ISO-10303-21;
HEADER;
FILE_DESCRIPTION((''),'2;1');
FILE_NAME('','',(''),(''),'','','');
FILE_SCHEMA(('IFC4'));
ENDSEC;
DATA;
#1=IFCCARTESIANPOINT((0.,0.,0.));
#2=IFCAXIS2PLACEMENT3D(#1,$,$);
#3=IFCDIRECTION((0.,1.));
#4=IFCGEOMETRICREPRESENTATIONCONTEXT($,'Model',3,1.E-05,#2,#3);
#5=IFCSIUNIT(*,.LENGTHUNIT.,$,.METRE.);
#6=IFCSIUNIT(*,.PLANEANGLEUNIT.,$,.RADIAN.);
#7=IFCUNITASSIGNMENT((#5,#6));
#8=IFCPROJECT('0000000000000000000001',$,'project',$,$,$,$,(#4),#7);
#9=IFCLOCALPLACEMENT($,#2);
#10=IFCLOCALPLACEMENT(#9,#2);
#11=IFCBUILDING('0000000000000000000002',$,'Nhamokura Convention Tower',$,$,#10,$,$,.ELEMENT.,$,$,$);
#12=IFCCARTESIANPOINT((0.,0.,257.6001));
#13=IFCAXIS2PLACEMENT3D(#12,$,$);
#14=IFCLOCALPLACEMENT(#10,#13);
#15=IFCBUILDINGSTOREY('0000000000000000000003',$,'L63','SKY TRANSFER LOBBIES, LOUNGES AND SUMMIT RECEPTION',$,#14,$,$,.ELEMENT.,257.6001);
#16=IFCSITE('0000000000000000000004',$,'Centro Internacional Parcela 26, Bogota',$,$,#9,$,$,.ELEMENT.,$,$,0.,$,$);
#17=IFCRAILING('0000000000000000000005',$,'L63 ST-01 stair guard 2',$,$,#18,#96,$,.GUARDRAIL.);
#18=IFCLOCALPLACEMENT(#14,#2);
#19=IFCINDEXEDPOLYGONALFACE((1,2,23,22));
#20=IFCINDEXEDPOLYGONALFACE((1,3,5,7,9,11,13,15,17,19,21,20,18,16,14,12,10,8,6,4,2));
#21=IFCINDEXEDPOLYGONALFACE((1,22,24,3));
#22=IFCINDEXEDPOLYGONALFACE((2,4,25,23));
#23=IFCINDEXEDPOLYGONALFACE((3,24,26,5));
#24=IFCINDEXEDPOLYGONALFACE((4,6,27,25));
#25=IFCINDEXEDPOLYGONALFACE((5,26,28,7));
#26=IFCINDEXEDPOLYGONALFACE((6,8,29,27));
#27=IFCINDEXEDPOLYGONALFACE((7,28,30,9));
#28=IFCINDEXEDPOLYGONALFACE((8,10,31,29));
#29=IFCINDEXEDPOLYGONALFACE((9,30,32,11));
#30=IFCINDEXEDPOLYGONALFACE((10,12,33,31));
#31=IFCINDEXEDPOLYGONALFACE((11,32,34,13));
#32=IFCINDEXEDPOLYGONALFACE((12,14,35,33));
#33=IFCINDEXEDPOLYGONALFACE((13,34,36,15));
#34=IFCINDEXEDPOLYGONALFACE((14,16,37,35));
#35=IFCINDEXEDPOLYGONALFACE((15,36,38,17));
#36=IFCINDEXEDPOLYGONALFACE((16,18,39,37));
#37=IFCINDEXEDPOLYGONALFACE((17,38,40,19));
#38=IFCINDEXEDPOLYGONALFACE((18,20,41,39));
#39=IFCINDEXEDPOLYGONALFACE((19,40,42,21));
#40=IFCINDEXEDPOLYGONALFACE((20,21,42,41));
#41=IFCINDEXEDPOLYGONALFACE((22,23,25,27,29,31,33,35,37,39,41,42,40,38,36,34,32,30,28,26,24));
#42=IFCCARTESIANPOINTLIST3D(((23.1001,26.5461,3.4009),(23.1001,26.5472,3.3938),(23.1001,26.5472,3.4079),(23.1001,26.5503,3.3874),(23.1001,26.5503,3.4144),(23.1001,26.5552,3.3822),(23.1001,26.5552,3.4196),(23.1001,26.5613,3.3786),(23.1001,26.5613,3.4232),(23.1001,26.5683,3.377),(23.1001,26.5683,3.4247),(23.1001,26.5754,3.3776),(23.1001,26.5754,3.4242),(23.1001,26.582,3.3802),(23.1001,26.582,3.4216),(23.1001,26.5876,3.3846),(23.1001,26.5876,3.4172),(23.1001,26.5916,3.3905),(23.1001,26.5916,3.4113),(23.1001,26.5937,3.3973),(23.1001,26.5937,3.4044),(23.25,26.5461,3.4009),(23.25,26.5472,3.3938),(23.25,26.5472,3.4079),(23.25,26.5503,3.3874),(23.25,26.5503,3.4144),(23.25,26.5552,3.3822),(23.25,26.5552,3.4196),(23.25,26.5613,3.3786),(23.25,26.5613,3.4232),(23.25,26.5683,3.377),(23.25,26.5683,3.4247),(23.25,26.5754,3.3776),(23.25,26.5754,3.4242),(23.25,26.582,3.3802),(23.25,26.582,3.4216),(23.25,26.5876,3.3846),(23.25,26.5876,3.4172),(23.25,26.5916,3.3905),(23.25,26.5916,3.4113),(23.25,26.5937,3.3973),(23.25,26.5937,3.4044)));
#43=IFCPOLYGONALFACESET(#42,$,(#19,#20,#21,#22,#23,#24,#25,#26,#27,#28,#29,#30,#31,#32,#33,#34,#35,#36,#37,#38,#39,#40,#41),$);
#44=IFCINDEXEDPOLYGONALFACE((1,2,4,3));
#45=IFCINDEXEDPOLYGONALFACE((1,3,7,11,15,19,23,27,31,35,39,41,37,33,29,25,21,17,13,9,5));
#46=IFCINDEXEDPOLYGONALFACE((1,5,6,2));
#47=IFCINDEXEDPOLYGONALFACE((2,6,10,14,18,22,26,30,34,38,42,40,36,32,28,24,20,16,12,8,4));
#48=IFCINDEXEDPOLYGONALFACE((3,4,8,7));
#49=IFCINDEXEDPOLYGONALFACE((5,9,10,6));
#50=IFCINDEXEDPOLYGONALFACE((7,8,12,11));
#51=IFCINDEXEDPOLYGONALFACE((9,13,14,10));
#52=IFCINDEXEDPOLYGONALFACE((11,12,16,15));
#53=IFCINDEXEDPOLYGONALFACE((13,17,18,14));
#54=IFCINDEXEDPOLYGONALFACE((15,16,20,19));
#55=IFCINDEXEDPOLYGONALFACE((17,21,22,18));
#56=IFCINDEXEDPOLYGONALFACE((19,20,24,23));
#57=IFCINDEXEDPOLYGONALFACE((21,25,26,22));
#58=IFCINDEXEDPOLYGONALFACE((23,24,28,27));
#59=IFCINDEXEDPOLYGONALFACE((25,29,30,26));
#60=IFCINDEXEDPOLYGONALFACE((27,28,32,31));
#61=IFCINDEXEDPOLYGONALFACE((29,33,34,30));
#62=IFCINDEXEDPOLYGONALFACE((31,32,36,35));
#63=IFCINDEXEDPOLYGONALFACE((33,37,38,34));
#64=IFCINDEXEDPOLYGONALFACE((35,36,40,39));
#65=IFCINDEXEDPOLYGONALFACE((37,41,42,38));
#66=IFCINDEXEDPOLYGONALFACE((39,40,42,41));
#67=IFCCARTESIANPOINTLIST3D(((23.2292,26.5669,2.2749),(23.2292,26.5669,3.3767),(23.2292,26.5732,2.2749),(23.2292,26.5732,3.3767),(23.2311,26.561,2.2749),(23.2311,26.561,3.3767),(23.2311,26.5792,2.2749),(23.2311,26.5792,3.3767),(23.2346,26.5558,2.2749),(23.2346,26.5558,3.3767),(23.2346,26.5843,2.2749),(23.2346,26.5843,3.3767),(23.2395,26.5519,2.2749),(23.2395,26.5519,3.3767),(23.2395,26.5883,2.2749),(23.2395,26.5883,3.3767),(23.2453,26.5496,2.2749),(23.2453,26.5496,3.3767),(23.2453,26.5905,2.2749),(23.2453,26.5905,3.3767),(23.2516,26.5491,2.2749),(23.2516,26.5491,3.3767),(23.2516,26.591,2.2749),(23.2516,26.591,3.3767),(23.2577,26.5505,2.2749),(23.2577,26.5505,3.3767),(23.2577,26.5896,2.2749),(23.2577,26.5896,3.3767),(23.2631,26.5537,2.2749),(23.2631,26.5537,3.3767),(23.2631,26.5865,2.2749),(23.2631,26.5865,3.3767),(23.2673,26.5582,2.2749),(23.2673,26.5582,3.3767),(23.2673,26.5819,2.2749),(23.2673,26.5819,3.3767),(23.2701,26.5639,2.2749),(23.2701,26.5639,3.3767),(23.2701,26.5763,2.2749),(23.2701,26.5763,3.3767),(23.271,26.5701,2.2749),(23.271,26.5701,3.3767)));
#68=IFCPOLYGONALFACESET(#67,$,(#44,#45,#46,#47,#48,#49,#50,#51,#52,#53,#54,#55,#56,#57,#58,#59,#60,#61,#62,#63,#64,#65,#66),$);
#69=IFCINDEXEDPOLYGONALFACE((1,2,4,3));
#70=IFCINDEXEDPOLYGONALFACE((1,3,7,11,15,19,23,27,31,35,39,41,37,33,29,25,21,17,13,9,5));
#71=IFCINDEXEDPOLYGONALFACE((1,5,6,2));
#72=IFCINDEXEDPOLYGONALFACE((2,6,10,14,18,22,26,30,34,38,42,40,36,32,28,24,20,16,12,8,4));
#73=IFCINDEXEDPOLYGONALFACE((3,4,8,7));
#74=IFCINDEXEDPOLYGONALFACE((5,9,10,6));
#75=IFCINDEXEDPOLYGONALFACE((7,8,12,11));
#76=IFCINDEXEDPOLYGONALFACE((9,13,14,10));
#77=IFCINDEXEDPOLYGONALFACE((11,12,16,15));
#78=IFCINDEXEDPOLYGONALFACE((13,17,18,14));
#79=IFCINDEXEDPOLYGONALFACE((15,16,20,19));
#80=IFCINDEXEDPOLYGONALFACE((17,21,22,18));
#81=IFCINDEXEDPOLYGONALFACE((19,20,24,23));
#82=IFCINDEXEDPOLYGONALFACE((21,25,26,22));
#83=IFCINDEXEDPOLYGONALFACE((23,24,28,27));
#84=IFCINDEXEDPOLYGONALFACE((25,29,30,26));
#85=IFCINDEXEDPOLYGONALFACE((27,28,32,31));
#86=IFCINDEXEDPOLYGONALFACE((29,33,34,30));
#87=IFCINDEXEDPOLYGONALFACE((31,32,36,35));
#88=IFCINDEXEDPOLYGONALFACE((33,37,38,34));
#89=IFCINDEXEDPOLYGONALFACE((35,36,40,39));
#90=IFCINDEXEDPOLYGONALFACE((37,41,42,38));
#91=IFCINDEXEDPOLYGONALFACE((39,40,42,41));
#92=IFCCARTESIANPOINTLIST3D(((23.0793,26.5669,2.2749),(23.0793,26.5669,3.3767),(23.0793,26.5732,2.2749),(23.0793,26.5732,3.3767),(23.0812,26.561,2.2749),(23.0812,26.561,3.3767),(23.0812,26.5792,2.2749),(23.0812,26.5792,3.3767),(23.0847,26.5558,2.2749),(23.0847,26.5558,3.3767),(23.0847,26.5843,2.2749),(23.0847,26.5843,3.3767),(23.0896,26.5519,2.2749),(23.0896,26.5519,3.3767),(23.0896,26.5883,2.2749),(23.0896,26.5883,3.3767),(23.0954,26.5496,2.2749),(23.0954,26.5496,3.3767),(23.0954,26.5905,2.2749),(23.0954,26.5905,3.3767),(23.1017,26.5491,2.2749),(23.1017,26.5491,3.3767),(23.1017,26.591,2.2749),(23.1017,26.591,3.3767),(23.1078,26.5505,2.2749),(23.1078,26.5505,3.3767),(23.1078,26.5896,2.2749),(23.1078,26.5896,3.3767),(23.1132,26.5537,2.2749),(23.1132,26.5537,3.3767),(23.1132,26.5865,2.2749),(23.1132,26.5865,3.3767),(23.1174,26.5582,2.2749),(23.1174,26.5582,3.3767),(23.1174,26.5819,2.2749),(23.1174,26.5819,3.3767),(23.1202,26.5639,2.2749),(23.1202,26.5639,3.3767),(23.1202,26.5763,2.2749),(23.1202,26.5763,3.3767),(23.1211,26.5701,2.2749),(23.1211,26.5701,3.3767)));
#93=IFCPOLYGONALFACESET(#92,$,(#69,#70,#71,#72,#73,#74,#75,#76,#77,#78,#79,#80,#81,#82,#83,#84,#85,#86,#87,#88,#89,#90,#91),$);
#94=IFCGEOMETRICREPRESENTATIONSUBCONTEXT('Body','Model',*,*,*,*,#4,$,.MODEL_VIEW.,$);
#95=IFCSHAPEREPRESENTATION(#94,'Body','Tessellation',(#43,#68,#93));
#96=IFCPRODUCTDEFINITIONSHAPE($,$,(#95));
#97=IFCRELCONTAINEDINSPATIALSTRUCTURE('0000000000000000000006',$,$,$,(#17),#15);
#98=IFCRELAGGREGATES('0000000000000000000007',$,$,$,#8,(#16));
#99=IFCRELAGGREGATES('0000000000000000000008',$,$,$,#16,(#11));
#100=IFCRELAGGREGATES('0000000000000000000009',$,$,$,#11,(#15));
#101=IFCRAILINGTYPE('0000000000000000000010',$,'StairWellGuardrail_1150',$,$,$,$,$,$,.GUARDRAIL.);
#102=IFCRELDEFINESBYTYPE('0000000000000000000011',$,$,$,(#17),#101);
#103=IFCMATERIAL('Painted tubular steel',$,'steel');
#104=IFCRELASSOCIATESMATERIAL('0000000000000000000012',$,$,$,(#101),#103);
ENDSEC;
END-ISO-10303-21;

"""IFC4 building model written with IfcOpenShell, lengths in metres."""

from ifc_helpers import new_model, si_unit, direction, frame, origin, origin_2d, place, context, subcontext, project, spatial, circle, extrude, material, type_object, element, save


model = new_model("IFC4")

# Units and contexts
model_context = context("Model", 3, precision=1e-05, world=origin(), true_north=direction((0.0, 1.0)))
body_context = subcontext(model_context, "Body", "Model", "MODEL_VIEW")
ifc_project = project(units=[si_unit("LENGTHUNIT", "METRE"), si_unit("PLANEANGLEUNIT", "RADIAN")], contexts=[model_context])

# Site, building, storey
site_placement = place(None, origin())
site = spatial("IfcSite", under=ifc_project, at=site_placement, Name="Centro Internacional Parcela 26, Bogota", CompositionType="ELEMENT", RefElevation=0.0)
building_placement = place(site_placement, origin())
building = spatial("IfcBuilding", under=site, at=building_placement, Name="Nhamokura Convention Tower", CompositionType="ELEMENT")
storey_placement = place(building_placement, frame((0.0, 0.0, 257.6001)))
storey = spatial("IfcBuildingStorey", under=building, at=storey_placement, Name="L63", Description="SKY TRANSFER LOBBIES, LOUNGES AND SUMMIT RECEPTION", CompositionType="ELEMENT", Elevation=257.6001)

# Railing
ifc_material_1 = material(Name="Painted tubular steel", Category="steel")
railing_type_1 = type_object("IfcRailingType", Name="StairWellGuardrail_1150", PredefinedType="GUARDRAIL", material=ifc_material_1)
railing_1_placement = place(storey_placement, frame((23.25, 26.5701, 2.2749)))
element("IfcRailing", 1, at=railing_1_placement, inside=storey, type_object=railing_type_1, Name="L63 ST-01 stair guard 2", PredefinedType="GUARDRAIL", context=body_context, shape_type="SweptSolid", body=[
    extrude(circle(Radius=0.0239, at=origin_2d()), frame((0.0, 0.0, 1.126), z_axis=(-1.0, 0.0, 0.0), x_axis=(0.0, -1.0, 0.0)), (0.0, 0.0, 1.0), 0.1499),
    extrude(circle(Radius=0.021, at=origin_2d()), origin(), (0.0, 0.0, 1.0), 1.1018),
    extrude(circle(Radius=0.021, at=origin_2d()), frame((-0.1499, 0.0, 0.0)), (0.0, 0.0, 1.0), 1.1018),
])

save(model, "model.ifc")
